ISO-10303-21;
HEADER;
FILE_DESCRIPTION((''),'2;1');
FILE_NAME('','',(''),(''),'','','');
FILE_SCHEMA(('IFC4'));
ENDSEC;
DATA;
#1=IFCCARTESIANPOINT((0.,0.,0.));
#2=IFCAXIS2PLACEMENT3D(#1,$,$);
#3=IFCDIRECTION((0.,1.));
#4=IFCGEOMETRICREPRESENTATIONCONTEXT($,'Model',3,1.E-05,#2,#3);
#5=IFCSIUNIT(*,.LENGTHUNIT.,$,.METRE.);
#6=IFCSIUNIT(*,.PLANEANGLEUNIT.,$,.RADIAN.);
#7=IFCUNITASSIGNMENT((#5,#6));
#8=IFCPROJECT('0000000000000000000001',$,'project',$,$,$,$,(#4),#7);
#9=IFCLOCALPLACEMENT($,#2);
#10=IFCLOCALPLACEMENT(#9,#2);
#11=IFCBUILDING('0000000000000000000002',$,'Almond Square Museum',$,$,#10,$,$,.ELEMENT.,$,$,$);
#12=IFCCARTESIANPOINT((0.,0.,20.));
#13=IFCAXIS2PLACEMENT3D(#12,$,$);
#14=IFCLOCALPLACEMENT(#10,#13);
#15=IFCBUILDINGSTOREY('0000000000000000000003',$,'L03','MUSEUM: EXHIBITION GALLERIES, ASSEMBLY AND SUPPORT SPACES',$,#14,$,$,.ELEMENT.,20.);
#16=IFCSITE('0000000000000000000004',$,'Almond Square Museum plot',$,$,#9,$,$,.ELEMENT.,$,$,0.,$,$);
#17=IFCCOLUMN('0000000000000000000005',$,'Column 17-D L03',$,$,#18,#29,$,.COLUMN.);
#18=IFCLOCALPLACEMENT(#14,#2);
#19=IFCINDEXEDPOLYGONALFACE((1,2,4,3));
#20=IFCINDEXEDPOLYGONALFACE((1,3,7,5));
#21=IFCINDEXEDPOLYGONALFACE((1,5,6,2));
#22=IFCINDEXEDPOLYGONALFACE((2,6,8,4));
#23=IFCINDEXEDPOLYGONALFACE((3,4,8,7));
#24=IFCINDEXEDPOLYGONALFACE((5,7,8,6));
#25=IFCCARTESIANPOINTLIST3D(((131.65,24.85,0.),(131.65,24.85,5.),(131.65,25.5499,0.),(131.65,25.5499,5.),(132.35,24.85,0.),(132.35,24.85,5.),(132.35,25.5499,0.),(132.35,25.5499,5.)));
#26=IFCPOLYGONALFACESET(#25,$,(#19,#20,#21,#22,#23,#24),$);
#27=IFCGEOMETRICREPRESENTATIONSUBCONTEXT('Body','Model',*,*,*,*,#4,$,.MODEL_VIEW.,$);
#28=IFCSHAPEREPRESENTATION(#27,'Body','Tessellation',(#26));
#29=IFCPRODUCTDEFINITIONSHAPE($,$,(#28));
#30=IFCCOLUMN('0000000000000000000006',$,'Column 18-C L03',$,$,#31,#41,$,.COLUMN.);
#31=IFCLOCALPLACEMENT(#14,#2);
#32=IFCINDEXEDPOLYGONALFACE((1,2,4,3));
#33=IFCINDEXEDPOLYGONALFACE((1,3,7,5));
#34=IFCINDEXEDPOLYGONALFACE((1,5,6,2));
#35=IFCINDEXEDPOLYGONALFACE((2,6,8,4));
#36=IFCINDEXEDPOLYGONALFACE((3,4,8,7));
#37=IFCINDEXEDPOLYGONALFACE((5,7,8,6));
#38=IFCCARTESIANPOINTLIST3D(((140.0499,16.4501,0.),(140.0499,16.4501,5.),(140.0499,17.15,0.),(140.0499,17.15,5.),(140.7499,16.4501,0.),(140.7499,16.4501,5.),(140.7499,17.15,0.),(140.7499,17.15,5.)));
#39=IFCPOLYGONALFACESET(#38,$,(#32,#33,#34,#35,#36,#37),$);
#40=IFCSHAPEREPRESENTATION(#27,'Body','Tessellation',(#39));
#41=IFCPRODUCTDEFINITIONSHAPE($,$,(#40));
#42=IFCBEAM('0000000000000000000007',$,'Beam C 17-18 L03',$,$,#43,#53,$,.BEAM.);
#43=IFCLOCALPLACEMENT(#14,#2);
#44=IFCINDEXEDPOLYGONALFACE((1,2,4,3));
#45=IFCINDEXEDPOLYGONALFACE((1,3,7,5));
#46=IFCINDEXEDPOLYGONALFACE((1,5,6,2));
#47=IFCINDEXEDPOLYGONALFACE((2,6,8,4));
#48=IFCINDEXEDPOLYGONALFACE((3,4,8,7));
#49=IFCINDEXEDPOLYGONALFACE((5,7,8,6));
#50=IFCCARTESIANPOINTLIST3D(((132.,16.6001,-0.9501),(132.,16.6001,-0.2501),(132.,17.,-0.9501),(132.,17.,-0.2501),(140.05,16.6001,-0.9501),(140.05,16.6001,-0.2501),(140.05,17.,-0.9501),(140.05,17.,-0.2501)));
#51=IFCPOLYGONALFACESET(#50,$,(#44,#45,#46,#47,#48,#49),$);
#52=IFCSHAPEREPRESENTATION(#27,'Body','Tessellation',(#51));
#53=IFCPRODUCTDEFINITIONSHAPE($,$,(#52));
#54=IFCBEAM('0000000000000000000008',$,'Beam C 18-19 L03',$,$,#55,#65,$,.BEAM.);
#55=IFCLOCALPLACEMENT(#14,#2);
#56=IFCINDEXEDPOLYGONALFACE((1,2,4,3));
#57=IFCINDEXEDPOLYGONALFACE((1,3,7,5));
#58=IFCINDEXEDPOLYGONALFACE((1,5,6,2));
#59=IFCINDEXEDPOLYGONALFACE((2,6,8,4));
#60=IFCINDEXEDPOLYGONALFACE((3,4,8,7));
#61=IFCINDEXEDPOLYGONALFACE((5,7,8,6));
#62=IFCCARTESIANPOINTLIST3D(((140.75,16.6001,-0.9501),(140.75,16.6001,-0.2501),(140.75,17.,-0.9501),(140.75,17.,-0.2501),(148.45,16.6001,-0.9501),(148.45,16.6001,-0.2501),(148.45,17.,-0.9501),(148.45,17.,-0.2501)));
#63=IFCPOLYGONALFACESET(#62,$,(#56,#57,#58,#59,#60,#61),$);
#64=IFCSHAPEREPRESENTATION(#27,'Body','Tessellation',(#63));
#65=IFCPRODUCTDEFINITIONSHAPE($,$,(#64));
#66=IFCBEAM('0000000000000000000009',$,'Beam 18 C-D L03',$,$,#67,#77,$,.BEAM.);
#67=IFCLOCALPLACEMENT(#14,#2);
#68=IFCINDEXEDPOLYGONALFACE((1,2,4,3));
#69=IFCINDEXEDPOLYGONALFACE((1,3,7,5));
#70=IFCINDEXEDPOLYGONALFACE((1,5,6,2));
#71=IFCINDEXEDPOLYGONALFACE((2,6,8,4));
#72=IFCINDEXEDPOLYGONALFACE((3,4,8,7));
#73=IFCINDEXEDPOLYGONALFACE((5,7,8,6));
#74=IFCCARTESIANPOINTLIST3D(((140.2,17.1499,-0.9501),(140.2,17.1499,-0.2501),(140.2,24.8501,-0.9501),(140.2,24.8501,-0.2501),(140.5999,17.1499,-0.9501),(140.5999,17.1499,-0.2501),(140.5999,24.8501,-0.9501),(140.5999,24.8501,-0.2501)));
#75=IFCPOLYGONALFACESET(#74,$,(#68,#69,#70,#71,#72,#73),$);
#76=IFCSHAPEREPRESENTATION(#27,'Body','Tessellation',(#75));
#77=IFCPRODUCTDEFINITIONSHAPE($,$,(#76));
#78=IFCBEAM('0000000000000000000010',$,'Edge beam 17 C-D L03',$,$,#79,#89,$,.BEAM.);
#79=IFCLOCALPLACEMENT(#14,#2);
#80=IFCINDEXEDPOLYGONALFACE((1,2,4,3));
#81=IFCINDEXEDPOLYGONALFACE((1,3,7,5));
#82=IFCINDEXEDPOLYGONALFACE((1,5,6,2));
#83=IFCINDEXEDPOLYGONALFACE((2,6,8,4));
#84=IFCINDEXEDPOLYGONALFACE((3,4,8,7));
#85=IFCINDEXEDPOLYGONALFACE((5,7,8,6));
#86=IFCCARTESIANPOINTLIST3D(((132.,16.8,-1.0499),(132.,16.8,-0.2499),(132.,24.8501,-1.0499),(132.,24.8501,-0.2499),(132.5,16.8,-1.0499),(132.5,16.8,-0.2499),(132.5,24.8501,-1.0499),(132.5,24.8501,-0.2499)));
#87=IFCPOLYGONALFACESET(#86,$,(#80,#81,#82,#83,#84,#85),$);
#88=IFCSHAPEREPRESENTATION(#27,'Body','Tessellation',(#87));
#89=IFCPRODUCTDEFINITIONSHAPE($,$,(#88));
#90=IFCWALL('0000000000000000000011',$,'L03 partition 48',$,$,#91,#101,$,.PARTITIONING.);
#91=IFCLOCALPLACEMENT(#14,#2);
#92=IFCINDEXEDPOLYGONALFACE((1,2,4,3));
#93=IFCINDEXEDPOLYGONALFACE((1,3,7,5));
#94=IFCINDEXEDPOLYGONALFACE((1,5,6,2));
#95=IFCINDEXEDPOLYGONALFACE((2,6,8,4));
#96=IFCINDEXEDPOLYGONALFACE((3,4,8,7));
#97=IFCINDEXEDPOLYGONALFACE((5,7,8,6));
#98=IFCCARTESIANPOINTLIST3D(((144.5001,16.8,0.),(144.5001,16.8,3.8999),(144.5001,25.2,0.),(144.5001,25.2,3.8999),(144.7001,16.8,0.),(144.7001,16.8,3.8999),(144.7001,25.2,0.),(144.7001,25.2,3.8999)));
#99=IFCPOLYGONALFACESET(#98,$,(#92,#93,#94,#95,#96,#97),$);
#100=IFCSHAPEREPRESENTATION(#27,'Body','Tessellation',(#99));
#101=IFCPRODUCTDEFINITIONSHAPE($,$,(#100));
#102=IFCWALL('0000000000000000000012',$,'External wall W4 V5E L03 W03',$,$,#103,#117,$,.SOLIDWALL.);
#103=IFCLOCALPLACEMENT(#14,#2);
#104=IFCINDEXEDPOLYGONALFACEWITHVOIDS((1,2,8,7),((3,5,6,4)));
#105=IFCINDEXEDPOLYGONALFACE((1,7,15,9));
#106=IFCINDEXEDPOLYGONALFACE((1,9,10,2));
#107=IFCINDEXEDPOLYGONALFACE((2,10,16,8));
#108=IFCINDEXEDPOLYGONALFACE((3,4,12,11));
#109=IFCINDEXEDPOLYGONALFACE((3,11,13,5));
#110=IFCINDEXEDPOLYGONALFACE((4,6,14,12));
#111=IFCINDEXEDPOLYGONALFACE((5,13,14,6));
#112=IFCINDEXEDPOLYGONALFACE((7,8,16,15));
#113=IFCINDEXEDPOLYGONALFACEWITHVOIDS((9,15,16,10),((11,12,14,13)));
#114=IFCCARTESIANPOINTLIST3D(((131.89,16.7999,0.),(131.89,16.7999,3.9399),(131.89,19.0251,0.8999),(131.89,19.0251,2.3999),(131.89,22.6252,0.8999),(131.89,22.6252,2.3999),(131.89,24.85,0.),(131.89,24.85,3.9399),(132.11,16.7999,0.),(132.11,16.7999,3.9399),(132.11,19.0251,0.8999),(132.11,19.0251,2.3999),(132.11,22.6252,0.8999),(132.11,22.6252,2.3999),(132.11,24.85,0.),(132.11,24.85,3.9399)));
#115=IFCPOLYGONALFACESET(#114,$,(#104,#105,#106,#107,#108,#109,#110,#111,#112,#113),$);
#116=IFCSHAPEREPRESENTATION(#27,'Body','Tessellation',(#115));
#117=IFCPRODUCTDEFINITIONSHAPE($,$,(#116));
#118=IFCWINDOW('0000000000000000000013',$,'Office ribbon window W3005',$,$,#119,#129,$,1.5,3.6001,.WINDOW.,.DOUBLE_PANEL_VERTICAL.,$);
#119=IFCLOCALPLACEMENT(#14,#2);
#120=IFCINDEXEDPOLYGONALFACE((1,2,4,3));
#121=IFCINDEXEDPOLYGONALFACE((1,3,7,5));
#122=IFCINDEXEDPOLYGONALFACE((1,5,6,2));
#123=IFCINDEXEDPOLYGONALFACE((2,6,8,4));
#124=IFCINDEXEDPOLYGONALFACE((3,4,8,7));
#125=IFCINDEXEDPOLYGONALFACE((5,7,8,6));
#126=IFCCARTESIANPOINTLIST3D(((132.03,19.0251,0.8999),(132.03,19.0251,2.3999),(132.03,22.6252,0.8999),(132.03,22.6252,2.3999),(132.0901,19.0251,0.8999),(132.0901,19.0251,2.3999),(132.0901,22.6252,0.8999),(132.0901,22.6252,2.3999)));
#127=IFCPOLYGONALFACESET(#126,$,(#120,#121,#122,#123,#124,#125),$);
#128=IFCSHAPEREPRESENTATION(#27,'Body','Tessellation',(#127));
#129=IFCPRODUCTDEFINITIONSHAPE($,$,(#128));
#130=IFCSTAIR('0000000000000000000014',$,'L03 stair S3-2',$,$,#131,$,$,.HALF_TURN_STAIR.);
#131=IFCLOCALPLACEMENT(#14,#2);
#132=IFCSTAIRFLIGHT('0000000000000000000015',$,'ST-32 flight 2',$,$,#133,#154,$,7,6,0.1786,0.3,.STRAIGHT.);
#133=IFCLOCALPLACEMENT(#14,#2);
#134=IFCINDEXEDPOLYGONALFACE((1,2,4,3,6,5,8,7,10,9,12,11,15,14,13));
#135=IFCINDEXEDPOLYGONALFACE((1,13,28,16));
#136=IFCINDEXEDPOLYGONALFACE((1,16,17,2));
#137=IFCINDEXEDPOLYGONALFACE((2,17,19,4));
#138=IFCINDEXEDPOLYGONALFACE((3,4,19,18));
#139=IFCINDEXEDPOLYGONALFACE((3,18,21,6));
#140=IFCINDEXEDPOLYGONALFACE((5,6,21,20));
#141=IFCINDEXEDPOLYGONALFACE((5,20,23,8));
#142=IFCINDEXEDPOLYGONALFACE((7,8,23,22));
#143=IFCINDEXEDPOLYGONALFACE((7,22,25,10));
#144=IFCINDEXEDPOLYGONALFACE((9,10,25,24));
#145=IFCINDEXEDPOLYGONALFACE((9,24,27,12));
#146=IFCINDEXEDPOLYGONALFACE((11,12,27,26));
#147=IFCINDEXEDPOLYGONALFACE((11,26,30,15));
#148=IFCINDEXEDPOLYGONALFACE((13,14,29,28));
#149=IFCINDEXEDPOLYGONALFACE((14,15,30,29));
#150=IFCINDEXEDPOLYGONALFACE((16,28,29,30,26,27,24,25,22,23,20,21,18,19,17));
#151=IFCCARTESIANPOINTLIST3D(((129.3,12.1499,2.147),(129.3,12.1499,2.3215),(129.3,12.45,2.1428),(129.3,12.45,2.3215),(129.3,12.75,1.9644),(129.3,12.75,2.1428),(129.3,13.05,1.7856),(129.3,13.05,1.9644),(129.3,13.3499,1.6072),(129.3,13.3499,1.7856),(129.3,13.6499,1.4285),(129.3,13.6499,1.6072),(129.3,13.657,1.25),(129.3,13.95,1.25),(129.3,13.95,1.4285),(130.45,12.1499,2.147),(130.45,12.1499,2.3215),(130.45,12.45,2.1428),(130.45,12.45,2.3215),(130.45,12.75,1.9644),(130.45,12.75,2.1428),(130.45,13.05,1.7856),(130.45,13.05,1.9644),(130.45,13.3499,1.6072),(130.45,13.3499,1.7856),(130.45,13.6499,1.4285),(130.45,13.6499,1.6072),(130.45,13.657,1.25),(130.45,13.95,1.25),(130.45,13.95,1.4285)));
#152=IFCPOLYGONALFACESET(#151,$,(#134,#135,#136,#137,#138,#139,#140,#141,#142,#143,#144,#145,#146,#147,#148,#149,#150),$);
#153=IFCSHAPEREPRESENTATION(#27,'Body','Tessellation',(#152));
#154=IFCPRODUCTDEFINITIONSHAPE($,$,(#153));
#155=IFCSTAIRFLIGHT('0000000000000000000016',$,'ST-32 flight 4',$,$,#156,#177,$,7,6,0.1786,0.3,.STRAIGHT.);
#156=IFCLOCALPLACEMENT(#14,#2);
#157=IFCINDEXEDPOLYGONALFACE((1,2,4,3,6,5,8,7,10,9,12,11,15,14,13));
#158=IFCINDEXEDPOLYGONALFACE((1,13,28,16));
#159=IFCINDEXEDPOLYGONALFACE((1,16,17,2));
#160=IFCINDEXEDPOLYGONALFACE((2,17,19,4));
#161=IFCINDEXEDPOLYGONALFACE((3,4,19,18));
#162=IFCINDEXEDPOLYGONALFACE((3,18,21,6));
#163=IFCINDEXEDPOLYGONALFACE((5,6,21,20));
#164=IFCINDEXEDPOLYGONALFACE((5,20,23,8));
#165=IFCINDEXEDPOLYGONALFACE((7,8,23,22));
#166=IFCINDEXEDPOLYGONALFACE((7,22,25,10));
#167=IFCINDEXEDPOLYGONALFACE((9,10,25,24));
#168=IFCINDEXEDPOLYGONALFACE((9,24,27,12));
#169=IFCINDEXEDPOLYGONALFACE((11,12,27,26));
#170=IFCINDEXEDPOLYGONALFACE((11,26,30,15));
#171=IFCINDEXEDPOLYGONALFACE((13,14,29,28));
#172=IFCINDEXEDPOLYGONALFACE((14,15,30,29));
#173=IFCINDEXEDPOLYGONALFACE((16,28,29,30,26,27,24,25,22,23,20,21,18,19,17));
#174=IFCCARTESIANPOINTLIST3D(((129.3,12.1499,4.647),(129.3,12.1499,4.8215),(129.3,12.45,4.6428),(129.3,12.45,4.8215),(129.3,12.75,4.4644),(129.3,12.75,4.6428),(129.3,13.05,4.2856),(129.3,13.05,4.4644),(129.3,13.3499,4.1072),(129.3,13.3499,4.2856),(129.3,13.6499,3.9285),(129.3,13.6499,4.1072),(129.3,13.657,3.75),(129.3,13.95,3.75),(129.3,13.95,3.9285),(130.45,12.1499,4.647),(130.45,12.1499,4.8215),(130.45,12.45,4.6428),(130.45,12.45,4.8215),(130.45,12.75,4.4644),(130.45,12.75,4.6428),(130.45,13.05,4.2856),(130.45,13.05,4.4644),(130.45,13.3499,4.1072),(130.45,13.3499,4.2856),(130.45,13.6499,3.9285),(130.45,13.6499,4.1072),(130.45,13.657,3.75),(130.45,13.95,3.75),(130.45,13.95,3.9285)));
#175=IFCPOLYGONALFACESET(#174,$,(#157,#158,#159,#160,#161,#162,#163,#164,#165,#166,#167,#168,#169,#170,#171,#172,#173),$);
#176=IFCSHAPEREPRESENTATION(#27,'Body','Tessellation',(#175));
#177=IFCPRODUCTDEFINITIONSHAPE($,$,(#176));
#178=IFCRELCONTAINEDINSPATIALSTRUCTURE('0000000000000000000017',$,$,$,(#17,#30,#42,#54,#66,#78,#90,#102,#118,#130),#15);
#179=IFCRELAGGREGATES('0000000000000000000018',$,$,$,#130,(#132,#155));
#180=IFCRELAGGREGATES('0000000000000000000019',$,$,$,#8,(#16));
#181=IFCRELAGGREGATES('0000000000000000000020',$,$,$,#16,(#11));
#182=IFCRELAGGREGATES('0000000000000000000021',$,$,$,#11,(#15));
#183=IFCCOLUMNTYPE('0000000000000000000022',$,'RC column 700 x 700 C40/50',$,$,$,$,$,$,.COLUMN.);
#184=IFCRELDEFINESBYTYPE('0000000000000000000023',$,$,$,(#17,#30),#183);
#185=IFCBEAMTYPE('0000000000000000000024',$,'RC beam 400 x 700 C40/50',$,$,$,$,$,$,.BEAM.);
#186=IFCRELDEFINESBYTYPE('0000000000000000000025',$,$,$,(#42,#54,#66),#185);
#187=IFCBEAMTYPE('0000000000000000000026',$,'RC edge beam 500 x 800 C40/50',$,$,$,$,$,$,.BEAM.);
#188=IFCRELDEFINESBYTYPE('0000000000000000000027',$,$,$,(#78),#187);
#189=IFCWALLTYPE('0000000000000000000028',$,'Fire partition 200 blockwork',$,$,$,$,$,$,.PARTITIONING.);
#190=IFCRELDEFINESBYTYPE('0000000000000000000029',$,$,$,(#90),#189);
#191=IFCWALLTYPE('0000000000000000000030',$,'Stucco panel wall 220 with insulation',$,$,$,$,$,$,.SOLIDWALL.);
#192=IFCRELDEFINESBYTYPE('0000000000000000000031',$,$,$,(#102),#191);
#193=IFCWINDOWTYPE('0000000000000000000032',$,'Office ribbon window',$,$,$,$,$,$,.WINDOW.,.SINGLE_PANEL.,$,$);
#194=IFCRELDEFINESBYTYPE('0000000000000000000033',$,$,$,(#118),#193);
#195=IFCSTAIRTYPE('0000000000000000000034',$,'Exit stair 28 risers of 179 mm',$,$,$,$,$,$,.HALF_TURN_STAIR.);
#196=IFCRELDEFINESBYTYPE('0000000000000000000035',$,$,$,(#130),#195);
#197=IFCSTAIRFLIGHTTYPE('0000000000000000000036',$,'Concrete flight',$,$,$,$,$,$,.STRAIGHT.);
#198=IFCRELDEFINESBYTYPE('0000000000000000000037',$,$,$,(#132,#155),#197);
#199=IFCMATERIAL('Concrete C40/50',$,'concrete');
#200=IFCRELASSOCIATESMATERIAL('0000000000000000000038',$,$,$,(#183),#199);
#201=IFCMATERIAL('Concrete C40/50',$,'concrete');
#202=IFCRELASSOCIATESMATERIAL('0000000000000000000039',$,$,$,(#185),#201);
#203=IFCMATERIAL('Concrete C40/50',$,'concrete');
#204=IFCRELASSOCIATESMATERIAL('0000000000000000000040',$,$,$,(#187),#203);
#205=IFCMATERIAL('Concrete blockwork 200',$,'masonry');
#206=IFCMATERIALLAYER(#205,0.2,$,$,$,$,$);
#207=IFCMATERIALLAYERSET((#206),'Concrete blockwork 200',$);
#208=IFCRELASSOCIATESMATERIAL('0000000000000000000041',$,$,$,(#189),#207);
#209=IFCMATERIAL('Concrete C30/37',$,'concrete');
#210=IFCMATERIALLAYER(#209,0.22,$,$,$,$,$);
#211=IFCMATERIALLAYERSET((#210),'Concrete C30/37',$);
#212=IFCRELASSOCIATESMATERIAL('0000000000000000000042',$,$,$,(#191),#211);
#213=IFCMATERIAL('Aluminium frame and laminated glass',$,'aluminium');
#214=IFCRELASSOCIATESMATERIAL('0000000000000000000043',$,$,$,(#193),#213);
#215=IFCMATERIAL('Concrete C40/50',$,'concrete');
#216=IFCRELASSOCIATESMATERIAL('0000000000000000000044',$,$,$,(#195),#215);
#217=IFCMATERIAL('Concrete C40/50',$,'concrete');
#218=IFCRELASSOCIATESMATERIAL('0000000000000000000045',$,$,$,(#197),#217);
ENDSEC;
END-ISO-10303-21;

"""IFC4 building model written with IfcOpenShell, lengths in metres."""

from ifc_helpers import new_model, si_unit, direction, frame, frame_2d, origin, origin_2d, place, context, subcontext, project, spatial, polyline, rectangle, outline, extrude, material, layer, layer_set, material_profile, profile_set, type_object, element, fill, aggregate, save


model = new_model("IFC4")

# Units and contexts
model_context = context("Model", 3, precision=1e-05, world=origin(), true_north=direction((0.0, 1.0)))
body_context = subcontext(model_context, "Body", "Model", "MODEL_VIEW")
ifc_project = project(units=[si_unit("LENGTHUNIT", "METRE"), si_unit("PLANEANGLEUNIT", "RADIAN")], contexts=[model_context])

# Site, building, storey
site_placement = place(None, origin())
site = spatial("IfcSite", under=ifc_project, at=site_placement, Name="Almond Square Museum plot", CompositionType="ELEMENT", RefElevation=0.0)
building_placement = place(site_placement, origin())
building = spatial("IfcBuilding", under=site, at=building_placement, Name="Almond Square Museum", CompositionType="ELEMENT")
storey_placement = place(building_placement, frame((0.0, 0.0, 20.0)))
storey = spatial("IfcBuildingStorey", under=building, at=storey_placement, Name="L03", Description="MUSEUM: EXHIBITION GALLERIES, ASSEMBLY AND SUPPORT SPACES", CompositionType="ELEMENT", Elevation=20.0)

# Columns
ifc_material_1 = material(Name="Concrete C40/50", Category="concrete")
ifc_material_profile_1 = material_profile(ifc_material_1, rectangle(XDim=0.7, YDim=0.7, at=origin_2d()))
ifc_profile_set_1 = profile_set([ifc_material_profile_1], Name="Concrete C40/50")
column_type = type_object("IfcColumnType", Name="RC column 700 x 700 C40/50", PredefinedType="COLUMN", material=ifc_profile_set_1)
for number, where, z_axis, x_axis, name in (
    (1, (132.0, 25.2, 0.0), (0.0, 0.0, 1.0), (1.0, 0.0, 0.0), "Column 17-D L03"),
    (2, (140.3999, 16.8, 0.0), (0.0, 0.0, 1.0), (1.0, 0.0, 0.0), "Column 18-C L03"),
):
    element("IfcColumn", number, at=place(storey_placement, frame(where, z_axis=z_axis, x_axis=x_axis)), inside=storey, type_object=column_type, Name=name, PredefinedType="COLUMN", context=body_context, shape_type="SweptSolid", body=[
        extrude(rectangle(XDim=0.7, YDim=0.7, at=origin_2d()), origin(), (0.0, 0.0, 1.0), 5.0),
    ])

# Beams
ifc_material_2 = material(Name="Concrete C40/50", Category="concrete")
ifc_material_profile_2 = material_profile(ifc_material_2, rectangle(XDim=0.3999, YDim=0.7, at=origin_2d()))
ifc_profile_set_2 = profile_set([ifc_material_profile_2], Name="Concrete C40/50")
beam_type_1 = type_object("IfcBeamType", Name="RC beam 400 x 700 C40/50", PredefinedType="BEAM", material=ifc_profile_set_2)
beam_1_placement = place(storey_placement, frame((132.0, 16.8, -0.6001), z_axis=(1.0, 0.0, 0.0), x_axis=(0.0, 1.0, 0.0)))
element("IfcBeam", 3, at=beam_1_placement, inside=storey, type_object=beam_type_1, Name="Beam C 17-18 L03", PredefinedType="BEAM", context=body_context, shape_type="SweptSolid", body=[
    extrude(rectangle(XDim=0.3999, YDim=0.7, at=origin_2d()), origin(), (0.0, 0.0, 1.0), 8.05),
])
beam_2_placement = place(storey_placement, frame((140.75, 16.8, -0.6001), z_axis=(1.0, 0.0, 0.0), x_axis=(0.0, 1.0, 0.0)))
element("IfcBeam", 4, at=beam_2_placement, inside=storey, type_object=beam_type_1, Name="Beam C 18-19 L03", PredefinedType="BEAM", context=body_context, shape_type="SweptSolid", body=[
    extrude(rectangle(XDim=0.3999, YDim=0.7, at=origin_2d()), origin(), (0.0, 0.0, 1.0), 7.7),
])
beam_3_placement = place(storey_placement, frame((140.3999, 17.1499, -0.6001), z_axis=(0.0, 1.0, 0.0), x_axis=(-1.0, 0.0, 0.0)))
element("IfcBeam", 5, at=beam_3_placement, inside=storey, type_object=beam_type_1, Name="Beam 18 C-D L03", PredefinedType="BEAM", context=body_context, shape_type="SweptSolid", body=[
    extrude(rectangle(XDim=0.3999, YDim=0.7, at=origin_2d()), origin(), (0.0, 0.0, 1.0), 7.7002),
])
ifc_material_3 = material(Name="Concrete C40/50", Category="concrete")
ifc_material_profile_3 = material_profile(ifc_material_3, rectangle(XDim=0.5, YDim=0.8, at=origin_2d()))
ifc_profile_set_3 = profile_set([ifc_material_profile_3], Name="Concrete C40/50")
beam_type_2 = type_object("IfcBeamType", Name="RC edge beam 500 x 800 C40/50", PredefinedType="BEAM", material=ifc_profile_set_3)
beam_4_placement = place(storey_placement, frame((132.25, 16.8, -0.6499), z_axis=(0.0, 1.0, 0.0), x_axis=(-1.0, 0.0, 0.0)))
element("IfcBeam", 6, at=beam_4_placement, inside=storey, type_object=beam_type_2, Name="Edge beam 17 C-D L03", PredefinedType="BEAM", context=body_context, shape_type="SweptSolid", body=[
    extrude(rectangle(XDim=0.5, YDim=0.8, at=origin_2d()), origin(), (0.0, 0.0, 1.0), 8.05),
])

# Wall
ifc_material_4 = material(Name="Concrete blockwork 200", Category="masonry")
ifc_layer_1 = layer(ifc_material_4, 0.2)
ifc_layer_set_1 = layer_set([ifc_layer_1], Name="Concrete blockwork 200")
wall_type_1 = type_object("IfcWallType", Name="Fire partition 200 blockwork", PredefinedType="PARTITIONING", material=ifc_layer_set_1)
wall_1_placement = place(storey_placement, frame((144.6001, 16.8, 0.0), z_axis=(0.0, 0.0, 1.0), x_axis=(0.0, 1.0, 0.0)))
element("IfcWall", 7, at=wall_1_placement, inside=storey, type_object=wall_type_1, Name="L03 partition 48", PredefinedType="PARTITIONING", context=body_context, shape_type="SweptSolid", body=[
    extrude(rectangle(XDim=8.3999, YDim=0.2, at=frame_2d((4.2, 0.0))), origin(), (0.0, 0.0, 1.0), 3.8999),
])

# Wall, opening, window
ifc_material_5 = material(Name="Concrete C30/37", Category="concrete")
ifc_layer_2 = layer(ifc_material_5, 0.22)
ifc_layer_set_2 = layer_set([ifc_layer_2], Name="Concrete C30/37")
wall_type_2 = type_object("IfcWallType", Name="Stucco panel wall 220 with insulation", PredefinedType="SOLIDWALL", material=ifc_layer_set_2)
wall_2_placement = place(storey_placement, frame((132.0, 16.8, 0.0), z_axis=(0.0, 0.0, 1.0), x_axis=(0.0, 1.0, 0.0)))
wall_2 = element("IfcWall", 8, at=wall_2_placement, inside=storey, type_object=wall_type_2, Name="External wall W4 V5E L03 W03", PredefinedType="SOLIDWALL", context=body_context, shape_type="SweptSolid", body=[
    extrude(rectangle(XDim=8.05, YDim=0.22, at=frame_2d((4.0249, 0.0))), origin(), (0.0, 0.0, 1.0), 3.9399),
])
opening_placement = place(wall_2_placement, frame((2.2251, 0.0, 0.8999)))
opening = element("IfcOpeningElement", 9, at=opening_placement, cuts=wall_2, PredefinedType="OPENING", context=body_context, shape_type="SweptSolid", body=[
    extrude(rectangle(XDim=3.6001, YDim=1.5, at=frame_2d((1.8, 0.75))), frame((0.0, 0.1199, 0.0), z_axis=(0.0, -1.0, 0.0), x_axis=(1.0, 0.0, 0.0)), (0.0, 0.0, 1.0), 0.24),
])
ifc_material_6 = material(Name="Aluminium frame and laminated glass", Category="aluminium")
window_type = type_object("IfcWindowType", Name="Office ribbon window", PartitioningType="SINGLE_PANEL", PredefinedType="WINDOW", material=ifc_material_6)
window_placement = place(opening_placement, origin())
window = element("IfcWindow", 10, at=window_placement, inside=storey, type_object=window_type, Name="Office ribbon window W3005", OverallHeight=1.5, OverallWidth=3.6001, PartitioningType="DOUBLE_PANEL_VERTICAL", PredefinedType="WINDOW", context=body_context, shape_type="SweptSolid", body=[
    extrude(rectangle(XDim=3.6001, YDim=1.5, at=frame_2d((1.8, 0.75))), frame((0.0, -0.03, 0.0), z_axis=(0.0, -1.0, 0.0), x_axis=(1.0, 0.0, 0.0)), (0.0, 0.0, 1.0), 0.0601),
])
fill(opening, window)

# Stair, stair flights
ifc_material_7 = material(Name="Concrete C40/50", Category="concrete")
stair_type = type_object("IfcStairType", Name="Exit stair 28 risers of 179 mm", PredefinedType="HALF_TURN_STAIR", material=ifc_material_7)
stair_placement = place(storey_placement, origin())
stair = element("IfcStair", 11, at=stair_placement, inside=storey, type_object=stair_type, Name="L03 stair S3-2", PredefinedType="HALF_TURN_STAIR")
ifc_material_8 = material(Name="Concrete C40/50", Category="concrete")
stair_flight_type = type_object("IfcStairFlightType", Name="Concrete flight", PredefinedType="STRAIGHT", material=ifc_material_8)
stair_flight_1_placement = place(storey_placement, frame((129.875, 13.95, 1.25), z_axis=(0.0, 0.0, 1.0), x_axis=(0.0, -1.0, 0.0)))
stair_flight_1 = element("IfcStairFlight", 12, at=stair_flight_1_placement, type_object=stair_flight_type, Name="ST-32 flight 2", NumberOfRisers=7, NumberOfTreads=6, PredefinedType="STRAIGHT", RiserHeight=0.1786, TreadLength=0.3, context=body_context, shape_type="SweptSolid", body=[
    extrude(outline(polyline([(0.0, 0.0), (0.0, 0.1785), (0.3, 0.1785), (0.3, 0.3572), (0.6001, 0.3572), (0.6001, 0.5356), (0.8999, 0.5356), (0.8999, 0.7144), (1.2, 0.7144), (1.2, 0.8928), (1.5, 0.8928), (1.5, 1.0715), (1.8, 1.0715), (1.8, 1.25), (1.8, 0.897), (0.293, 0.0), (0.0, 0.0)])), frame((0.0, 0.575, 0.0), z_axis=(0.0, -1.0, 0.0), x_axis=(1.0, 0.0, 0.0)), (0.0, 0.0, 1.0), 1.1499),
])
stair_flight_2_placement = place(storey_placement, frame((129.875, 13.95, 3.75), z_axis=(0.0, 0.0, 1.0), x_axis=(0.0, -1.0, 0.0)))
stair_flight_2 = element("IfcStairFlight", 13, at=stair_flight_2_placement, type_object=stair_flight_type, Name="ST-32 flight 4", NumberOfRisers=7, NumberOfTreads=6, PredefinedType="STRAIGHT", RiserHeight=0.1786, TreadLength=0.3, context=body_context, shape_type="SweptSolid", body=[
    extrude(outline(polyline([(0.0, 0.0), (0.0, 0.1785), (0.3, 0.1785), (0.3, 0.3572), (0.6001, 0.3572), (0.6001, 0.5356), (0.8999, 0.5356), (0.8999, 0.7144), (1.2, 0.7144), (1.2, 0.8928), (1.5, 0.8928), (1.5, 1.0715), (1.8, 1.0715), (1.8, 1.25), (1.8, 0.897), (0.293, 0.0), (0.0, 0.0)])), frame((0.0, 0.575, 0.0), z_axis=(0.0, -1.0, 0.0), x_axis=(1.0, 0.0, 0.0)), (0.0, 0.0, 1.0), 1.1499),
])
aggregate(stair, [stair_flight_1, stair_flight_2])

save(model, "model.ifc")
